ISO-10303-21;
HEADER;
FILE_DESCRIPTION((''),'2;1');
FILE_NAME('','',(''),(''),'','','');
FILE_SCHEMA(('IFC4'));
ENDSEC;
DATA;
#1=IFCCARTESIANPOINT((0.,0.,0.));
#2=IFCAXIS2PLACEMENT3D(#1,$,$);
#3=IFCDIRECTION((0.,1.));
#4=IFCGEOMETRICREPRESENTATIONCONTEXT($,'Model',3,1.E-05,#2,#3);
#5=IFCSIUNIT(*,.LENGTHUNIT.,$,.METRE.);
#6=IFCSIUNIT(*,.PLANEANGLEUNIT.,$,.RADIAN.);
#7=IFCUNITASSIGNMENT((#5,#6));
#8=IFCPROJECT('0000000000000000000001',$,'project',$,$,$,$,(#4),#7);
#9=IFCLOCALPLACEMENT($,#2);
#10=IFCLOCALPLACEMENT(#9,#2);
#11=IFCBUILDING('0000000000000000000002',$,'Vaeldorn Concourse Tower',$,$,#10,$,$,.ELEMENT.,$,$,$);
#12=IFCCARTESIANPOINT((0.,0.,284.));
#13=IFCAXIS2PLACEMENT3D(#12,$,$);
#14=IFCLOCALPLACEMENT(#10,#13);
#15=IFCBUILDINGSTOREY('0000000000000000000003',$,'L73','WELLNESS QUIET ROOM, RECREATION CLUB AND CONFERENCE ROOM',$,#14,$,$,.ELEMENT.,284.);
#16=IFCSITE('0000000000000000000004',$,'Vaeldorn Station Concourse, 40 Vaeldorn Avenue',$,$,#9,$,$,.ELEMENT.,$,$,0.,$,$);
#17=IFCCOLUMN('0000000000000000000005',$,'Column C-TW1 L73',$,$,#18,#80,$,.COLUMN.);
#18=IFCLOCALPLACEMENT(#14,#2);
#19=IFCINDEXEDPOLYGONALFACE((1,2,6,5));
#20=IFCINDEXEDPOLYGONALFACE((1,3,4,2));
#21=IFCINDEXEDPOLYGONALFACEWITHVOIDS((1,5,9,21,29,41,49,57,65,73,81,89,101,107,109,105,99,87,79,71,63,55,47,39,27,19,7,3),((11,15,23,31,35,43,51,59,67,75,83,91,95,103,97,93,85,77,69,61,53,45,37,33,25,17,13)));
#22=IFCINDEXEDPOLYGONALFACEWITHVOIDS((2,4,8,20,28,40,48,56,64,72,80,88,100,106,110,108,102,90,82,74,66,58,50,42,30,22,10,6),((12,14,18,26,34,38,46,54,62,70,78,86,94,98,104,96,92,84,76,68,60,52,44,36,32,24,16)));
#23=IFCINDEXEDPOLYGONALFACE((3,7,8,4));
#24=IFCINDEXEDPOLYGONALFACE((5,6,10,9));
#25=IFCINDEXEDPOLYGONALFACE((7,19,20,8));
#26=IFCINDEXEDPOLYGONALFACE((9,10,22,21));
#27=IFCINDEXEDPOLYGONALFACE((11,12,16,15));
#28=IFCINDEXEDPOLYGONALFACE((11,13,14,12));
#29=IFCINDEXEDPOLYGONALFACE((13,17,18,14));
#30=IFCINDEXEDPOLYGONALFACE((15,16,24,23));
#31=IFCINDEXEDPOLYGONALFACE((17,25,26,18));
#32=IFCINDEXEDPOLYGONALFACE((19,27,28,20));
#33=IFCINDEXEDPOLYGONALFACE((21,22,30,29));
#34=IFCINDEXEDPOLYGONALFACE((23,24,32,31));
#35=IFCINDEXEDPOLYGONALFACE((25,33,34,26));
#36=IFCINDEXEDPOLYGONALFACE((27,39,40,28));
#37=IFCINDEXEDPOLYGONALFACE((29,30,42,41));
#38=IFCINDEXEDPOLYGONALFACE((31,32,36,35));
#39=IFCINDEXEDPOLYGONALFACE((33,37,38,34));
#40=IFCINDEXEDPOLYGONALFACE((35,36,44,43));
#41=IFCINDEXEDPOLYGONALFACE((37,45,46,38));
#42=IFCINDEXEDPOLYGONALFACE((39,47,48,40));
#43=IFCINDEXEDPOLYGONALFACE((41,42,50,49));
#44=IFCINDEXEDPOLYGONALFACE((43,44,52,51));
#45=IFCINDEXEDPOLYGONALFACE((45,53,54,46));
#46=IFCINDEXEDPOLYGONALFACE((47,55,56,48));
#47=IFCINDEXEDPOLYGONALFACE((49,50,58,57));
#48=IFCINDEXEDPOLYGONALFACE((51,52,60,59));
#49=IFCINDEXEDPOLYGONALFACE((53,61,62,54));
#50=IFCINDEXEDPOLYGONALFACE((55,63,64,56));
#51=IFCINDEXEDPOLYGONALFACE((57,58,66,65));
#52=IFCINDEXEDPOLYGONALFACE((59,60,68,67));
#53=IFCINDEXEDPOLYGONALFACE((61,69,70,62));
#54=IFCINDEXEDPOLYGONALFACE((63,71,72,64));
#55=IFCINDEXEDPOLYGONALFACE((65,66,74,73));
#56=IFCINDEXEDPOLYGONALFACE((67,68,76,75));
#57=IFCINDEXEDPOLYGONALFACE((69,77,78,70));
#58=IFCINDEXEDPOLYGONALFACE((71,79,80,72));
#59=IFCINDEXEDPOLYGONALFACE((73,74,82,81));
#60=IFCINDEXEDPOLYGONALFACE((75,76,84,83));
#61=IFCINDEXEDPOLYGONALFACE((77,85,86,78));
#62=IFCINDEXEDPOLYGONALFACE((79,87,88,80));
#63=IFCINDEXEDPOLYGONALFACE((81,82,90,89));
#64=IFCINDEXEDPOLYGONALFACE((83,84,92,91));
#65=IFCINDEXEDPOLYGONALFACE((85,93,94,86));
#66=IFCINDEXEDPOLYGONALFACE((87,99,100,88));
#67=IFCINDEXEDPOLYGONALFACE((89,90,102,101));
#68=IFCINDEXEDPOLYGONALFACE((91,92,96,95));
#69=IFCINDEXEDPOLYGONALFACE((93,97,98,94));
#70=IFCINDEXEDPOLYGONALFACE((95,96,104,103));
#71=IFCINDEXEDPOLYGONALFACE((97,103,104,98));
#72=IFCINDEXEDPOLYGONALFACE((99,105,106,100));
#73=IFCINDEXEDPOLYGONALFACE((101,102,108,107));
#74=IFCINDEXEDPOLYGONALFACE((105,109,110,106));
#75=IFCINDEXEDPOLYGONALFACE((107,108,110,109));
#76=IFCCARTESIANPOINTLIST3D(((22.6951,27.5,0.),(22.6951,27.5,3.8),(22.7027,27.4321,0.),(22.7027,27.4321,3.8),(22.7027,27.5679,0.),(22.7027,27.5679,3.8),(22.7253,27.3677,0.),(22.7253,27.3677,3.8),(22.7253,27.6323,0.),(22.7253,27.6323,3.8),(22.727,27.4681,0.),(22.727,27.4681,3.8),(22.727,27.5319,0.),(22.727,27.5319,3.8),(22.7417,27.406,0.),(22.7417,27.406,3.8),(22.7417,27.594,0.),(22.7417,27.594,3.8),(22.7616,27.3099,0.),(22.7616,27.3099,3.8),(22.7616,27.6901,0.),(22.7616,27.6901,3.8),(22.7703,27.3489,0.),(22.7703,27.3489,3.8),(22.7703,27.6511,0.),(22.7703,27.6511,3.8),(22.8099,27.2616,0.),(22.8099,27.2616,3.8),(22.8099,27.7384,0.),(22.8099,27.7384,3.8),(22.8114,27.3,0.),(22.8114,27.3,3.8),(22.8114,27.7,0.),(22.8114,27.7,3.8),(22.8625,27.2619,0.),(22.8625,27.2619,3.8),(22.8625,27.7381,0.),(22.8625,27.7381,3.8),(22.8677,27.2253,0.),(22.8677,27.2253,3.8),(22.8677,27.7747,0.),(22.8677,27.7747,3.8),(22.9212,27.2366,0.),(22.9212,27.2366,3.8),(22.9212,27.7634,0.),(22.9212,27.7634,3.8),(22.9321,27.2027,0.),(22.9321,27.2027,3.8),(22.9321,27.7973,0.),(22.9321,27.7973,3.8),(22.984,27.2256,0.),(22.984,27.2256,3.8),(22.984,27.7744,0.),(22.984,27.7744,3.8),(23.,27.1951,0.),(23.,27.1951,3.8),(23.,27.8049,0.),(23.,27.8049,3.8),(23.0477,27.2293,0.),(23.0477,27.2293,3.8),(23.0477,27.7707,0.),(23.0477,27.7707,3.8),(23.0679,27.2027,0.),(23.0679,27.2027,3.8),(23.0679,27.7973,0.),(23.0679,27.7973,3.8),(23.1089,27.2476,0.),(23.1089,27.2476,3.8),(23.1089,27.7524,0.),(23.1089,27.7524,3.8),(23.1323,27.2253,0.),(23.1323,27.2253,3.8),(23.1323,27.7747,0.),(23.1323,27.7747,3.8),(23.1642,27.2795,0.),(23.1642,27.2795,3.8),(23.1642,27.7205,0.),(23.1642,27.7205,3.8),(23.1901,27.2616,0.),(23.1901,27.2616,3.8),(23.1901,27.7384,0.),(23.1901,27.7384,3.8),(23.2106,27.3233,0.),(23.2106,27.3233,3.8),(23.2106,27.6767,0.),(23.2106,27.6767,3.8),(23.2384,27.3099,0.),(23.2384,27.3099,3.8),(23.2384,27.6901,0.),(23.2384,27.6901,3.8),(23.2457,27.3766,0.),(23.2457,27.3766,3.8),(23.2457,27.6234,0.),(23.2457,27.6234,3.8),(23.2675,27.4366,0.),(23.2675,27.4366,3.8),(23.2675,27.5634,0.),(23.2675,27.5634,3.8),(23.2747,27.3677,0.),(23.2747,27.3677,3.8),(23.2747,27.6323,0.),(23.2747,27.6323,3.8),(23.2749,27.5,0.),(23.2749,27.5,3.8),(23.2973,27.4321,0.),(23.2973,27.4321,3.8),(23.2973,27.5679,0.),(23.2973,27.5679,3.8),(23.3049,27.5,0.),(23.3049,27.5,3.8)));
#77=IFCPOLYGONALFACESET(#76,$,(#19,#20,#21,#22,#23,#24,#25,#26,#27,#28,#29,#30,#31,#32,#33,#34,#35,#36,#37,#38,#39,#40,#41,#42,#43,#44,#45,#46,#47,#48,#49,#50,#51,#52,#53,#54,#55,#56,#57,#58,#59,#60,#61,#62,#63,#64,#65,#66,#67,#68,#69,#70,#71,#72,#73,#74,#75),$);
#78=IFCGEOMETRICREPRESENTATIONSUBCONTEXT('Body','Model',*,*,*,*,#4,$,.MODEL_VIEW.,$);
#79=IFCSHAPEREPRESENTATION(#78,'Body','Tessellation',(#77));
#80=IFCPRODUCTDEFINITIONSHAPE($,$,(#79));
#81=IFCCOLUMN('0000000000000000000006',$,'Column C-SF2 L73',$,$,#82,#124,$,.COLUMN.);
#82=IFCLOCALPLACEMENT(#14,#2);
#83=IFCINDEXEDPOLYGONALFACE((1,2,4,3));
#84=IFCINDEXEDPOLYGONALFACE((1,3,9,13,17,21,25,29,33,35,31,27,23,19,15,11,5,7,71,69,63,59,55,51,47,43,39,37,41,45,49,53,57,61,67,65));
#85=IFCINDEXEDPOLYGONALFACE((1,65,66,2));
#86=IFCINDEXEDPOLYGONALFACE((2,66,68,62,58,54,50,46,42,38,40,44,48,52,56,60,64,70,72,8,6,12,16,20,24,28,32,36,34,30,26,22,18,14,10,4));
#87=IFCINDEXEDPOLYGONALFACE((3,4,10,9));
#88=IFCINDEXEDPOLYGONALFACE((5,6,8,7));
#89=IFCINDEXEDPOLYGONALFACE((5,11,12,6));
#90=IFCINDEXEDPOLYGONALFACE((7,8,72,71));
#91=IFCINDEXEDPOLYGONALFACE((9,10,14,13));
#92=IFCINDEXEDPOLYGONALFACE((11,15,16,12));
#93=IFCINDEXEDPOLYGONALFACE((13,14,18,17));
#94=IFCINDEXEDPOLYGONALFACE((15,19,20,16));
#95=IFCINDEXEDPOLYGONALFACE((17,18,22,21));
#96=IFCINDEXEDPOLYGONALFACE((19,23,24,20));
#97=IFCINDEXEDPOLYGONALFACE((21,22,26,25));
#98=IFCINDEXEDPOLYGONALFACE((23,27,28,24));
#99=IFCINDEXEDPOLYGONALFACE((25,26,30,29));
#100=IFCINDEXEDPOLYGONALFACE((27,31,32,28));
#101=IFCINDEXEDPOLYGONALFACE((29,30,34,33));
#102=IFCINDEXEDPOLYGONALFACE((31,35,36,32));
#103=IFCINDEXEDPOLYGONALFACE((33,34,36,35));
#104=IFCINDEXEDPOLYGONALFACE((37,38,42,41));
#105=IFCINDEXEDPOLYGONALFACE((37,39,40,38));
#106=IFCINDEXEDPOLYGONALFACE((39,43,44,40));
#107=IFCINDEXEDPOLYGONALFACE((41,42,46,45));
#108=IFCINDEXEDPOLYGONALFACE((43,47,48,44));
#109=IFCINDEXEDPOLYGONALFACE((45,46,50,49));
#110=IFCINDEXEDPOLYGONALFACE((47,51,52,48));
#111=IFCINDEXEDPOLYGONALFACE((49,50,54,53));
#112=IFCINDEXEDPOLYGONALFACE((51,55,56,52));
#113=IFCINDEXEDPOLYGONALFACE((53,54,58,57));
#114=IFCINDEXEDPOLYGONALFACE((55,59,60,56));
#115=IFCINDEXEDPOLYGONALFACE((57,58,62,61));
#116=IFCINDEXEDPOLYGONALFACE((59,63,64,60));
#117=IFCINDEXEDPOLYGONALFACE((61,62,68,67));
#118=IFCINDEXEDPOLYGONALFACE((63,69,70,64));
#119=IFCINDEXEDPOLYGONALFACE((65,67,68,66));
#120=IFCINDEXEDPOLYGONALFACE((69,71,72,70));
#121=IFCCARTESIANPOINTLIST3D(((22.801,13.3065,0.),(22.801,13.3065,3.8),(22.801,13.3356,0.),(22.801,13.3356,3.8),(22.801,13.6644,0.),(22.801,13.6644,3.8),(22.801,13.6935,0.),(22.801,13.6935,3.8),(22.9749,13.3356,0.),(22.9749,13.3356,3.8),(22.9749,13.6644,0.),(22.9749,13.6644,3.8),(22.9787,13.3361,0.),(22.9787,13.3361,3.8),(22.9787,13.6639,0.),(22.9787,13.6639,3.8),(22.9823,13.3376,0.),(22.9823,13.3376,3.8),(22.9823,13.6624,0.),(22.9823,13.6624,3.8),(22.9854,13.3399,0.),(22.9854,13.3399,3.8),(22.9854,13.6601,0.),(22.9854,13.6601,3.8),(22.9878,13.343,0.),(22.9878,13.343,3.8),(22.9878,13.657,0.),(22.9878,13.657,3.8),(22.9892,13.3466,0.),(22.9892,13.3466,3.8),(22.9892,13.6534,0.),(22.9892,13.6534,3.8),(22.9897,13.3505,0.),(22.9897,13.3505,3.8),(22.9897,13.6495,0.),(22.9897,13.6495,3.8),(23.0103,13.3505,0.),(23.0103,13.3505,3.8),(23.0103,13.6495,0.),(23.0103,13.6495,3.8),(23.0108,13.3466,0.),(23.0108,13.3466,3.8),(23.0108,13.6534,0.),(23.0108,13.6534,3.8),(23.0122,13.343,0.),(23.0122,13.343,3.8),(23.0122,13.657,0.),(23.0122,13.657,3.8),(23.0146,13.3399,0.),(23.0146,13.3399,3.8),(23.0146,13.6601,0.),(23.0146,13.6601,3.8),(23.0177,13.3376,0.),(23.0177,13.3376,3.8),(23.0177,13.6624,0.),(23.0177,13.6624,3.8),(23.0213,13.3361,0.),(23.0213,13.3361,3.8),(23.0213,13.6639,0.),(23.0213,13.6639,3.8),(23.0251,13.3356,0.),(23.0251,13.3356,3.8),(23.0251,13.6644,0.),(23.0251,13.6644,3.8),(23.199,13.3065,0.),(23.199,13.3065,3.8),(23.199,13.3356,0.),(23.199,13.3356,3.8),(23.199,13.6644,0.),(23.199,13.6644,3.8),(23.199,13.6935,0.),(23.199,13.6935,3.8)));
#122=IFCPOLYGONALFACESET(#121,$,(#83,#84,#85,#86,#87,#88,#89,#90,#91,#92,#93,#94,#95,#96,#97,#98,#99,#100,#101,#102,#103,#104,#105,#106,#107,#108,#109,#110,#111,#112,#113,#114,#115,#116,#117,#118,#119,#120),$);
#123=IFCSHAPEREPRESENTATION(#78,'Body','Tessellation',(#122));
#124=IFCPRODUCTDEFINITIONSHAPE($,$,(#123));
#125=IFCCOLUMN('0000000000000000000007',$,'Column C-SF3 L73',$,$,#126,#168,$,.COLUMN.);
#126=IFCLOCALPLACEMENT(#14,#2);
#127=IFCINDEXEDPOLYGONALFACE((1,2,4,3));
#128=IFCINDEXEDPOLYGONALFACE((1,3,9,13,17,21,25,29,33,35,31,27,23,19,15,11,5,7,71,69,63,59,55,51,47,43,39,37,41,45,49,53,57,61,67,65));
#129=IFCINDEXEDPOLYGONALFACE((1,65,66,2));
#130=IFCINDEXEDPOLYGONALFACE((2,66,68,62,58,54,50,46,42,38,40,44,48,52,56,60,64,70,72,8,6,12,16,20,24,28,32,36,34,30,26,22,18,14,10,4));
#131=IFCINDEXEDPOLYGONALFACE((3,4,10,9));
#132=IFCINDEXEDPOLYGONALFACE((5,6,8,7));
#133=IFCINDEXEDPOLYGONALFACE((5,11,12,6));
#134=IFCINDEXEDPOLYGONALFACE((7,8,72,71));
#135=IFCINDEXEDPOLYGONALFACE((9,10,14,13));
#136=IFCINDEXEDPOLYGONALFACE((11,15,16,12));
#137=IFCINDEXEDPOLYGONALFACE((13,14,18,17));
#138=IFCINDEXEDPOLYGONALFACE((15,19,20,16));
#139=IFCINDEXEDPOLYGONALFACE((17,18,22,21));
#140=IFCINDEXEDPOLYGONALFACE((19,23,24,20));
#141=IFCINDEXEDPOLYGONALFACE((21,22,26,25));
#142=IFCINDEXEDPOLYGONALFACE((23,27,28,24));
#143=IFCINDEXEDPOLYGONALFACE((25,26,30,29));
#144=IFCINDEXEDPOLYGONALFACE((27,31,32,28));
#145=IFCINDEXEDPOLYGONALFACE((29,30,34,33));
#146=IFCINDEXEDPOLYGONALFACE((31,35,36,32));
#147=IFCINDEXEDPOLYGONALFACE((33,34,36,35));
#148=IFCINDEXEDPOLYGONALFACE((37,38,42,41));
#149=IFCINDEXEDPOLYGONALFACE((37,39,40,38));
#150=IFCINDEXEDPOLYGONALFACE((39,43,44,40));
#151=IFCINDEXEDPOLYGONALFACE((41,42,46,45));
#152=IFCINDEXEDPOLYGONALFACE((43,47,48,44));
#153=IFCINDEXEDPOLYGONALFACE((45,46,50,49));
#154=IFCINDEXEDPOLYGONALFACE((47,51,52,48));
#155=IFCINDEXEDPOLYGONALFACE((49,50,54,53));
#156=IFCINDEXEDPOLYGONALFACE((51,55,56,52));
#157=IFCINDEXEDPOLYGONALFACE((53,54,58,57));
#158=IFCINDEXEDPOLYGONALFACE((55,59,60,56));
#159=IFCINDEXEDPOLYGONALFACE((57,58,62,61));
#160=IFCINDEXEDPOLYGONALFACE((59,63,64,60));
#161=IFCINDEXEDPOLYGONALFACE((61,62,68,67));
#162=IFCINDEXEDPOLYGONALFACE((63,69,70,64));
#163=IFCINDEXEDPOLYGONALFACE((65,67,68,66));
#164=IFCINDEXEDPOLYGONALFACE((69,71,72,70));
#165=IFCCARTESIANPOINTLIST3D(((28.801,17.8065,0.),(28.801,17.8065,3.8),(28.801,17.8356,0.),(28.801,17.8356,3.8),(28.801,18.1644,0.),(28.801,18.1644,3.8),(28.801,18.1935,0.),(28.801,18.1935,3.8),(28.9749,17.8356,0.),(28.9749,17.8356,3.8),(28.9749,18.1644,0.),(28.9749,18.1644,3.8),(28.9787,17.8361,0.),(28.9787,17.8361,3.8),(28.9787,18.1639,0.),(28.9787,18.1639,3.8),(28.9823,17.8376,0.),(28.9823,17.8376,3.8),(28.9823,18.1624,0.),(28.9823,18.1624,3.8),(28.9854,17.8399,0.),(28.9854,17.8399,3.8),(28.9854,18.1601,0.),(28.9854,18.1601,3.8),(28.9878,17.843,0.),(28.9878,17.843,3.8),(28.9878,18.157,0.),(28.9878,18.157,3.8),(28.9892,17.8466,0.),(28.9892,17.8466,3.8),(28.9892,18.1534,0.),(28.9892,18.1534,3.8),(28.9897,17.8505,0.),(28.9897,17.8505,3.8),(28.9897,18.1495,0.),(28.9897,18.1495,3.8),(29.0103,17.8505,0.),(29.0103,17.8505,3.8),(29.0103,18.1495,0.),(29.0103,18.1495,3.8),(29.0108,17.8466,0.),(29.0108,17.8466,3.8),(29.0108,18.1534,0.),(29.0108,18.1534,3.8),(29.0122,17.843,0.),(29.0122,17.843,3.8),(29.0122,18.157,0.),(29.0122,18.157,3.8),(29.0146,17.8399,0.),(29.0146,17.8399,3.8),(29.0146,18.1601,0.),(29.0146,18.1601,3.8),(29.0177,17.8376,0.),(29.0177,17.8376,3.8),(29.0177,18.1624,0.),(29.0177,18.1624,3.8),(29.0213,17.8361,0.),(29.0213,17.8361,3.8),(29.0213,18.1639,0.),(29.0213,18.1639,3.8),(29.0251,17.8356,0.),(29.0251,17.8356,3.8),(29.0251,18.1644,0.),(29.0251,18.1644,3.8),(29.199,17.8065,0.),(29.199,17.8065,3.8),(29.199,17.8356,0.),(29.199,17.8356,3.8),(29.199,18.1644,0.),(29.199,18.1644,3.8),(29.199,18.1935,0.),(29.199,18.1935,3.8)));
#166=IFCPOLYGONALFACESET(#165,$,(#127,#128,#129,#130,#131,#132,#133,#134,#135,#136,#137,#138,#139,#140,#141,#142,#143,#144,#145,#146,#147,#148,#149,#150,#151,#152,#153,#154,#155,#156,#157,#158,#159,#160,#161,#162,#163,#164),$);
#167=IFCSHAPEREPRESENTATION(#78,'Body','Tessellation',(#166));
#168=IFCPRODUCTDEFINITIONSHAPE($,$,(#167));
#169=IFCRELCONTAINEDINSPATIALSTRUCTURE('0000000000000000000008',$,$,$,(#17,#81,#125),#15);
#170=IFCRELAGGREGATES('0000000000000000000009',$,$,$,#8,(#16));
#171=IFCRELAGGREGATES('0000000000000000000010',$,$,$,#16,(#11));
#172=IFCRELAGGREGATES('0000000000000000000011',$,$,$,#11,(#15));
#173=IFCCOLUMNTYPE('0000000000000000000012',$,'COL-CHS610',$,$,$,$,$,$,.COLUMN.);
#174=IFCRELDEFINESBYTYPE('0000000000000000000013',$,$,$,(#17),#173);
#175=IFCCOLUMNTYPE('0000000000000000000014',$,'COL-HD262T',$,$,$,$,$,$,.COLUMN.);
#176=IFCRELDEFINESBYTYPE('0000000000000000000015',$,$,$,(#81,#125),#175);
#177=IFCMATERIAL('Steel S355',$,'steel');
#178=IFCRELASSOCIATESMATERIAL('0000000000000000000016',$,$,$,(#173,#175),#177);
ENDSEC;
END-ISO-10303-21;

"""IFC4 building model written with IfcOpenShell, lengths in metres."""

from ifc_helpers import new_model, si_unit, direction, frame, origin, origin_2d, place, context, subcontext, project, spatial, hollow_circle, i_section, extrude, source, transform, mapped, material, material_profile, profile_set, type_object, element, save


model = new_model("IFC4")

# Units and contexts
model_context = context("Model", 3, precision=1e-05, world=origin(), true_north=direction((0.0, 1.0)))
body_context = subcontext(model_context, "Body", "Model", "MODEL_VIEW")
ifc_project = project(units=[si_unit("LENGTHUNIT", "METRE"), si_unit("PLANEANGLEUNIT", "RADIAN")], contexts=[model_context])

# Site, building, storey
site_placement = place(None, origin())
site = spatial("IfcSite", under=ifc_project, at=site_placement, Name="Vaeldorn Station Concourse, 40 Vaeldorn Avenue", CompositionType="ELEMENT", RefElevation=0.0)
building_placement = place(site_placement, origin())
building = spatial("IfcBuilding", under=site, at=building_placement, Name="Vaeldorn Concourse Tower", CompositionType="ELEMENT")
storey_placement = place(building_placement, frame((0.0, 0.0, 284.0)))
storey = spatial("IfcBuildingStorey", under=building, at=storey_placement, Name="L73", Description="WELLNESS QUIET ROOM, RECREATION CLUB AND CONFERENCE ROOM", CompositionType="ELEMENT", Elevation=284.0)

# Columns
ifc_material_1 = material(Name="Steel S355", Category="steel")
ifc_material_profile_1 = material_profile(ifc_material_1, hollow_circle(Radius=0.3049, WallThickness=0.03, at=origin_2d()), Name="CHS 610x30")
ifc_profile_set_1 = profile_set([ifc_material_profile_1], Name="Steel S355")
column_type_1 = type_object("IfcColumnType", Name="COL-CHS610", PredefinedType="COLUMN", material=ifc_profile_set_1)
shared_shape_1 = source(origin(), body_context, "Body", "SweptSolid", [
    extrude(hollow_circle(Radius=0.3049, WallThickness=0.03, at=origin_2d()), origin(), (0.0, 0.0, 1.0), 3.8),
])
column_placement = place(storey_placement, frame((23.0, 27.5, 0.0), z_axis=(0.0, 0.0, 1.0), x_axis=(1.0, 0.0, 0.0)))
element("IfcColumn", 1, at=column_placement, inside=storey, type_object=column_type_1, Name="Column C-TW1 L73", PredefinedType="COLUMN", context=body_context, shape_type="MappedRepresentation", body=[
    mapped(shared_shape_1, transform((0.0, 0.0, 0.0), scale=1.0)),
])
ifc_material_profile_2 = material_profile(ifc_material_1, i_section(OverallWidth=0.3979, OverallDepth=0.387, WebThickness=0.0205, FlangeThickness=0.0291, FilletRadius=0.0149, at=origin_2d()), Name="HD 400x262")
ifc_profile_set_2 = profile_set([ifc_material_profile_2], Name="Steel S355")
column_type_2 = type_object("IfcColumnType", Name="COL-HD262T", PredefinedType="COLUMN", material=ifc_profile_set_2)
shared_shape_2 = source(origin(), body_context, "Body", "SweptSolid", [
    extrude(i_section(OverallWidth=0.3979, OverallDepth=0.387, WebThickness=0.0205, FlangeThickness=0.0291, FilletRadius=0.0149, at=origin_2d()), origin(), (0.0, 0.0, 1.0), 3.8),
])
for number, where, z_axis, x_axis, name in (
    (2, (23.0, 13.5, 0.0), (0.0, 0.0, 1.0), (1.0, 0.0, 0.0), "Column C-SF2 L73"),
    (3, (29.0, 18.0, 0.0), (0.0, 0.0, 1.0), (1.0, 0.0, 0.0), "Column C-SF3 L73"),
):
    element("IfcColumn", number, at=place(storey_placement, frame(where, z_axis=z_axis, x_axis=x_axis)), inside=storey, type_object=column_type_2, Name=name, PredefinedType="COLUMN", context=body_context, shape_type="MappedRepresentation", body=[
        mapped(shared_shape_2, transform((0.0, 0.0, 0.0), scale=1.0)),
    ])

save(model, "model.ifc")
